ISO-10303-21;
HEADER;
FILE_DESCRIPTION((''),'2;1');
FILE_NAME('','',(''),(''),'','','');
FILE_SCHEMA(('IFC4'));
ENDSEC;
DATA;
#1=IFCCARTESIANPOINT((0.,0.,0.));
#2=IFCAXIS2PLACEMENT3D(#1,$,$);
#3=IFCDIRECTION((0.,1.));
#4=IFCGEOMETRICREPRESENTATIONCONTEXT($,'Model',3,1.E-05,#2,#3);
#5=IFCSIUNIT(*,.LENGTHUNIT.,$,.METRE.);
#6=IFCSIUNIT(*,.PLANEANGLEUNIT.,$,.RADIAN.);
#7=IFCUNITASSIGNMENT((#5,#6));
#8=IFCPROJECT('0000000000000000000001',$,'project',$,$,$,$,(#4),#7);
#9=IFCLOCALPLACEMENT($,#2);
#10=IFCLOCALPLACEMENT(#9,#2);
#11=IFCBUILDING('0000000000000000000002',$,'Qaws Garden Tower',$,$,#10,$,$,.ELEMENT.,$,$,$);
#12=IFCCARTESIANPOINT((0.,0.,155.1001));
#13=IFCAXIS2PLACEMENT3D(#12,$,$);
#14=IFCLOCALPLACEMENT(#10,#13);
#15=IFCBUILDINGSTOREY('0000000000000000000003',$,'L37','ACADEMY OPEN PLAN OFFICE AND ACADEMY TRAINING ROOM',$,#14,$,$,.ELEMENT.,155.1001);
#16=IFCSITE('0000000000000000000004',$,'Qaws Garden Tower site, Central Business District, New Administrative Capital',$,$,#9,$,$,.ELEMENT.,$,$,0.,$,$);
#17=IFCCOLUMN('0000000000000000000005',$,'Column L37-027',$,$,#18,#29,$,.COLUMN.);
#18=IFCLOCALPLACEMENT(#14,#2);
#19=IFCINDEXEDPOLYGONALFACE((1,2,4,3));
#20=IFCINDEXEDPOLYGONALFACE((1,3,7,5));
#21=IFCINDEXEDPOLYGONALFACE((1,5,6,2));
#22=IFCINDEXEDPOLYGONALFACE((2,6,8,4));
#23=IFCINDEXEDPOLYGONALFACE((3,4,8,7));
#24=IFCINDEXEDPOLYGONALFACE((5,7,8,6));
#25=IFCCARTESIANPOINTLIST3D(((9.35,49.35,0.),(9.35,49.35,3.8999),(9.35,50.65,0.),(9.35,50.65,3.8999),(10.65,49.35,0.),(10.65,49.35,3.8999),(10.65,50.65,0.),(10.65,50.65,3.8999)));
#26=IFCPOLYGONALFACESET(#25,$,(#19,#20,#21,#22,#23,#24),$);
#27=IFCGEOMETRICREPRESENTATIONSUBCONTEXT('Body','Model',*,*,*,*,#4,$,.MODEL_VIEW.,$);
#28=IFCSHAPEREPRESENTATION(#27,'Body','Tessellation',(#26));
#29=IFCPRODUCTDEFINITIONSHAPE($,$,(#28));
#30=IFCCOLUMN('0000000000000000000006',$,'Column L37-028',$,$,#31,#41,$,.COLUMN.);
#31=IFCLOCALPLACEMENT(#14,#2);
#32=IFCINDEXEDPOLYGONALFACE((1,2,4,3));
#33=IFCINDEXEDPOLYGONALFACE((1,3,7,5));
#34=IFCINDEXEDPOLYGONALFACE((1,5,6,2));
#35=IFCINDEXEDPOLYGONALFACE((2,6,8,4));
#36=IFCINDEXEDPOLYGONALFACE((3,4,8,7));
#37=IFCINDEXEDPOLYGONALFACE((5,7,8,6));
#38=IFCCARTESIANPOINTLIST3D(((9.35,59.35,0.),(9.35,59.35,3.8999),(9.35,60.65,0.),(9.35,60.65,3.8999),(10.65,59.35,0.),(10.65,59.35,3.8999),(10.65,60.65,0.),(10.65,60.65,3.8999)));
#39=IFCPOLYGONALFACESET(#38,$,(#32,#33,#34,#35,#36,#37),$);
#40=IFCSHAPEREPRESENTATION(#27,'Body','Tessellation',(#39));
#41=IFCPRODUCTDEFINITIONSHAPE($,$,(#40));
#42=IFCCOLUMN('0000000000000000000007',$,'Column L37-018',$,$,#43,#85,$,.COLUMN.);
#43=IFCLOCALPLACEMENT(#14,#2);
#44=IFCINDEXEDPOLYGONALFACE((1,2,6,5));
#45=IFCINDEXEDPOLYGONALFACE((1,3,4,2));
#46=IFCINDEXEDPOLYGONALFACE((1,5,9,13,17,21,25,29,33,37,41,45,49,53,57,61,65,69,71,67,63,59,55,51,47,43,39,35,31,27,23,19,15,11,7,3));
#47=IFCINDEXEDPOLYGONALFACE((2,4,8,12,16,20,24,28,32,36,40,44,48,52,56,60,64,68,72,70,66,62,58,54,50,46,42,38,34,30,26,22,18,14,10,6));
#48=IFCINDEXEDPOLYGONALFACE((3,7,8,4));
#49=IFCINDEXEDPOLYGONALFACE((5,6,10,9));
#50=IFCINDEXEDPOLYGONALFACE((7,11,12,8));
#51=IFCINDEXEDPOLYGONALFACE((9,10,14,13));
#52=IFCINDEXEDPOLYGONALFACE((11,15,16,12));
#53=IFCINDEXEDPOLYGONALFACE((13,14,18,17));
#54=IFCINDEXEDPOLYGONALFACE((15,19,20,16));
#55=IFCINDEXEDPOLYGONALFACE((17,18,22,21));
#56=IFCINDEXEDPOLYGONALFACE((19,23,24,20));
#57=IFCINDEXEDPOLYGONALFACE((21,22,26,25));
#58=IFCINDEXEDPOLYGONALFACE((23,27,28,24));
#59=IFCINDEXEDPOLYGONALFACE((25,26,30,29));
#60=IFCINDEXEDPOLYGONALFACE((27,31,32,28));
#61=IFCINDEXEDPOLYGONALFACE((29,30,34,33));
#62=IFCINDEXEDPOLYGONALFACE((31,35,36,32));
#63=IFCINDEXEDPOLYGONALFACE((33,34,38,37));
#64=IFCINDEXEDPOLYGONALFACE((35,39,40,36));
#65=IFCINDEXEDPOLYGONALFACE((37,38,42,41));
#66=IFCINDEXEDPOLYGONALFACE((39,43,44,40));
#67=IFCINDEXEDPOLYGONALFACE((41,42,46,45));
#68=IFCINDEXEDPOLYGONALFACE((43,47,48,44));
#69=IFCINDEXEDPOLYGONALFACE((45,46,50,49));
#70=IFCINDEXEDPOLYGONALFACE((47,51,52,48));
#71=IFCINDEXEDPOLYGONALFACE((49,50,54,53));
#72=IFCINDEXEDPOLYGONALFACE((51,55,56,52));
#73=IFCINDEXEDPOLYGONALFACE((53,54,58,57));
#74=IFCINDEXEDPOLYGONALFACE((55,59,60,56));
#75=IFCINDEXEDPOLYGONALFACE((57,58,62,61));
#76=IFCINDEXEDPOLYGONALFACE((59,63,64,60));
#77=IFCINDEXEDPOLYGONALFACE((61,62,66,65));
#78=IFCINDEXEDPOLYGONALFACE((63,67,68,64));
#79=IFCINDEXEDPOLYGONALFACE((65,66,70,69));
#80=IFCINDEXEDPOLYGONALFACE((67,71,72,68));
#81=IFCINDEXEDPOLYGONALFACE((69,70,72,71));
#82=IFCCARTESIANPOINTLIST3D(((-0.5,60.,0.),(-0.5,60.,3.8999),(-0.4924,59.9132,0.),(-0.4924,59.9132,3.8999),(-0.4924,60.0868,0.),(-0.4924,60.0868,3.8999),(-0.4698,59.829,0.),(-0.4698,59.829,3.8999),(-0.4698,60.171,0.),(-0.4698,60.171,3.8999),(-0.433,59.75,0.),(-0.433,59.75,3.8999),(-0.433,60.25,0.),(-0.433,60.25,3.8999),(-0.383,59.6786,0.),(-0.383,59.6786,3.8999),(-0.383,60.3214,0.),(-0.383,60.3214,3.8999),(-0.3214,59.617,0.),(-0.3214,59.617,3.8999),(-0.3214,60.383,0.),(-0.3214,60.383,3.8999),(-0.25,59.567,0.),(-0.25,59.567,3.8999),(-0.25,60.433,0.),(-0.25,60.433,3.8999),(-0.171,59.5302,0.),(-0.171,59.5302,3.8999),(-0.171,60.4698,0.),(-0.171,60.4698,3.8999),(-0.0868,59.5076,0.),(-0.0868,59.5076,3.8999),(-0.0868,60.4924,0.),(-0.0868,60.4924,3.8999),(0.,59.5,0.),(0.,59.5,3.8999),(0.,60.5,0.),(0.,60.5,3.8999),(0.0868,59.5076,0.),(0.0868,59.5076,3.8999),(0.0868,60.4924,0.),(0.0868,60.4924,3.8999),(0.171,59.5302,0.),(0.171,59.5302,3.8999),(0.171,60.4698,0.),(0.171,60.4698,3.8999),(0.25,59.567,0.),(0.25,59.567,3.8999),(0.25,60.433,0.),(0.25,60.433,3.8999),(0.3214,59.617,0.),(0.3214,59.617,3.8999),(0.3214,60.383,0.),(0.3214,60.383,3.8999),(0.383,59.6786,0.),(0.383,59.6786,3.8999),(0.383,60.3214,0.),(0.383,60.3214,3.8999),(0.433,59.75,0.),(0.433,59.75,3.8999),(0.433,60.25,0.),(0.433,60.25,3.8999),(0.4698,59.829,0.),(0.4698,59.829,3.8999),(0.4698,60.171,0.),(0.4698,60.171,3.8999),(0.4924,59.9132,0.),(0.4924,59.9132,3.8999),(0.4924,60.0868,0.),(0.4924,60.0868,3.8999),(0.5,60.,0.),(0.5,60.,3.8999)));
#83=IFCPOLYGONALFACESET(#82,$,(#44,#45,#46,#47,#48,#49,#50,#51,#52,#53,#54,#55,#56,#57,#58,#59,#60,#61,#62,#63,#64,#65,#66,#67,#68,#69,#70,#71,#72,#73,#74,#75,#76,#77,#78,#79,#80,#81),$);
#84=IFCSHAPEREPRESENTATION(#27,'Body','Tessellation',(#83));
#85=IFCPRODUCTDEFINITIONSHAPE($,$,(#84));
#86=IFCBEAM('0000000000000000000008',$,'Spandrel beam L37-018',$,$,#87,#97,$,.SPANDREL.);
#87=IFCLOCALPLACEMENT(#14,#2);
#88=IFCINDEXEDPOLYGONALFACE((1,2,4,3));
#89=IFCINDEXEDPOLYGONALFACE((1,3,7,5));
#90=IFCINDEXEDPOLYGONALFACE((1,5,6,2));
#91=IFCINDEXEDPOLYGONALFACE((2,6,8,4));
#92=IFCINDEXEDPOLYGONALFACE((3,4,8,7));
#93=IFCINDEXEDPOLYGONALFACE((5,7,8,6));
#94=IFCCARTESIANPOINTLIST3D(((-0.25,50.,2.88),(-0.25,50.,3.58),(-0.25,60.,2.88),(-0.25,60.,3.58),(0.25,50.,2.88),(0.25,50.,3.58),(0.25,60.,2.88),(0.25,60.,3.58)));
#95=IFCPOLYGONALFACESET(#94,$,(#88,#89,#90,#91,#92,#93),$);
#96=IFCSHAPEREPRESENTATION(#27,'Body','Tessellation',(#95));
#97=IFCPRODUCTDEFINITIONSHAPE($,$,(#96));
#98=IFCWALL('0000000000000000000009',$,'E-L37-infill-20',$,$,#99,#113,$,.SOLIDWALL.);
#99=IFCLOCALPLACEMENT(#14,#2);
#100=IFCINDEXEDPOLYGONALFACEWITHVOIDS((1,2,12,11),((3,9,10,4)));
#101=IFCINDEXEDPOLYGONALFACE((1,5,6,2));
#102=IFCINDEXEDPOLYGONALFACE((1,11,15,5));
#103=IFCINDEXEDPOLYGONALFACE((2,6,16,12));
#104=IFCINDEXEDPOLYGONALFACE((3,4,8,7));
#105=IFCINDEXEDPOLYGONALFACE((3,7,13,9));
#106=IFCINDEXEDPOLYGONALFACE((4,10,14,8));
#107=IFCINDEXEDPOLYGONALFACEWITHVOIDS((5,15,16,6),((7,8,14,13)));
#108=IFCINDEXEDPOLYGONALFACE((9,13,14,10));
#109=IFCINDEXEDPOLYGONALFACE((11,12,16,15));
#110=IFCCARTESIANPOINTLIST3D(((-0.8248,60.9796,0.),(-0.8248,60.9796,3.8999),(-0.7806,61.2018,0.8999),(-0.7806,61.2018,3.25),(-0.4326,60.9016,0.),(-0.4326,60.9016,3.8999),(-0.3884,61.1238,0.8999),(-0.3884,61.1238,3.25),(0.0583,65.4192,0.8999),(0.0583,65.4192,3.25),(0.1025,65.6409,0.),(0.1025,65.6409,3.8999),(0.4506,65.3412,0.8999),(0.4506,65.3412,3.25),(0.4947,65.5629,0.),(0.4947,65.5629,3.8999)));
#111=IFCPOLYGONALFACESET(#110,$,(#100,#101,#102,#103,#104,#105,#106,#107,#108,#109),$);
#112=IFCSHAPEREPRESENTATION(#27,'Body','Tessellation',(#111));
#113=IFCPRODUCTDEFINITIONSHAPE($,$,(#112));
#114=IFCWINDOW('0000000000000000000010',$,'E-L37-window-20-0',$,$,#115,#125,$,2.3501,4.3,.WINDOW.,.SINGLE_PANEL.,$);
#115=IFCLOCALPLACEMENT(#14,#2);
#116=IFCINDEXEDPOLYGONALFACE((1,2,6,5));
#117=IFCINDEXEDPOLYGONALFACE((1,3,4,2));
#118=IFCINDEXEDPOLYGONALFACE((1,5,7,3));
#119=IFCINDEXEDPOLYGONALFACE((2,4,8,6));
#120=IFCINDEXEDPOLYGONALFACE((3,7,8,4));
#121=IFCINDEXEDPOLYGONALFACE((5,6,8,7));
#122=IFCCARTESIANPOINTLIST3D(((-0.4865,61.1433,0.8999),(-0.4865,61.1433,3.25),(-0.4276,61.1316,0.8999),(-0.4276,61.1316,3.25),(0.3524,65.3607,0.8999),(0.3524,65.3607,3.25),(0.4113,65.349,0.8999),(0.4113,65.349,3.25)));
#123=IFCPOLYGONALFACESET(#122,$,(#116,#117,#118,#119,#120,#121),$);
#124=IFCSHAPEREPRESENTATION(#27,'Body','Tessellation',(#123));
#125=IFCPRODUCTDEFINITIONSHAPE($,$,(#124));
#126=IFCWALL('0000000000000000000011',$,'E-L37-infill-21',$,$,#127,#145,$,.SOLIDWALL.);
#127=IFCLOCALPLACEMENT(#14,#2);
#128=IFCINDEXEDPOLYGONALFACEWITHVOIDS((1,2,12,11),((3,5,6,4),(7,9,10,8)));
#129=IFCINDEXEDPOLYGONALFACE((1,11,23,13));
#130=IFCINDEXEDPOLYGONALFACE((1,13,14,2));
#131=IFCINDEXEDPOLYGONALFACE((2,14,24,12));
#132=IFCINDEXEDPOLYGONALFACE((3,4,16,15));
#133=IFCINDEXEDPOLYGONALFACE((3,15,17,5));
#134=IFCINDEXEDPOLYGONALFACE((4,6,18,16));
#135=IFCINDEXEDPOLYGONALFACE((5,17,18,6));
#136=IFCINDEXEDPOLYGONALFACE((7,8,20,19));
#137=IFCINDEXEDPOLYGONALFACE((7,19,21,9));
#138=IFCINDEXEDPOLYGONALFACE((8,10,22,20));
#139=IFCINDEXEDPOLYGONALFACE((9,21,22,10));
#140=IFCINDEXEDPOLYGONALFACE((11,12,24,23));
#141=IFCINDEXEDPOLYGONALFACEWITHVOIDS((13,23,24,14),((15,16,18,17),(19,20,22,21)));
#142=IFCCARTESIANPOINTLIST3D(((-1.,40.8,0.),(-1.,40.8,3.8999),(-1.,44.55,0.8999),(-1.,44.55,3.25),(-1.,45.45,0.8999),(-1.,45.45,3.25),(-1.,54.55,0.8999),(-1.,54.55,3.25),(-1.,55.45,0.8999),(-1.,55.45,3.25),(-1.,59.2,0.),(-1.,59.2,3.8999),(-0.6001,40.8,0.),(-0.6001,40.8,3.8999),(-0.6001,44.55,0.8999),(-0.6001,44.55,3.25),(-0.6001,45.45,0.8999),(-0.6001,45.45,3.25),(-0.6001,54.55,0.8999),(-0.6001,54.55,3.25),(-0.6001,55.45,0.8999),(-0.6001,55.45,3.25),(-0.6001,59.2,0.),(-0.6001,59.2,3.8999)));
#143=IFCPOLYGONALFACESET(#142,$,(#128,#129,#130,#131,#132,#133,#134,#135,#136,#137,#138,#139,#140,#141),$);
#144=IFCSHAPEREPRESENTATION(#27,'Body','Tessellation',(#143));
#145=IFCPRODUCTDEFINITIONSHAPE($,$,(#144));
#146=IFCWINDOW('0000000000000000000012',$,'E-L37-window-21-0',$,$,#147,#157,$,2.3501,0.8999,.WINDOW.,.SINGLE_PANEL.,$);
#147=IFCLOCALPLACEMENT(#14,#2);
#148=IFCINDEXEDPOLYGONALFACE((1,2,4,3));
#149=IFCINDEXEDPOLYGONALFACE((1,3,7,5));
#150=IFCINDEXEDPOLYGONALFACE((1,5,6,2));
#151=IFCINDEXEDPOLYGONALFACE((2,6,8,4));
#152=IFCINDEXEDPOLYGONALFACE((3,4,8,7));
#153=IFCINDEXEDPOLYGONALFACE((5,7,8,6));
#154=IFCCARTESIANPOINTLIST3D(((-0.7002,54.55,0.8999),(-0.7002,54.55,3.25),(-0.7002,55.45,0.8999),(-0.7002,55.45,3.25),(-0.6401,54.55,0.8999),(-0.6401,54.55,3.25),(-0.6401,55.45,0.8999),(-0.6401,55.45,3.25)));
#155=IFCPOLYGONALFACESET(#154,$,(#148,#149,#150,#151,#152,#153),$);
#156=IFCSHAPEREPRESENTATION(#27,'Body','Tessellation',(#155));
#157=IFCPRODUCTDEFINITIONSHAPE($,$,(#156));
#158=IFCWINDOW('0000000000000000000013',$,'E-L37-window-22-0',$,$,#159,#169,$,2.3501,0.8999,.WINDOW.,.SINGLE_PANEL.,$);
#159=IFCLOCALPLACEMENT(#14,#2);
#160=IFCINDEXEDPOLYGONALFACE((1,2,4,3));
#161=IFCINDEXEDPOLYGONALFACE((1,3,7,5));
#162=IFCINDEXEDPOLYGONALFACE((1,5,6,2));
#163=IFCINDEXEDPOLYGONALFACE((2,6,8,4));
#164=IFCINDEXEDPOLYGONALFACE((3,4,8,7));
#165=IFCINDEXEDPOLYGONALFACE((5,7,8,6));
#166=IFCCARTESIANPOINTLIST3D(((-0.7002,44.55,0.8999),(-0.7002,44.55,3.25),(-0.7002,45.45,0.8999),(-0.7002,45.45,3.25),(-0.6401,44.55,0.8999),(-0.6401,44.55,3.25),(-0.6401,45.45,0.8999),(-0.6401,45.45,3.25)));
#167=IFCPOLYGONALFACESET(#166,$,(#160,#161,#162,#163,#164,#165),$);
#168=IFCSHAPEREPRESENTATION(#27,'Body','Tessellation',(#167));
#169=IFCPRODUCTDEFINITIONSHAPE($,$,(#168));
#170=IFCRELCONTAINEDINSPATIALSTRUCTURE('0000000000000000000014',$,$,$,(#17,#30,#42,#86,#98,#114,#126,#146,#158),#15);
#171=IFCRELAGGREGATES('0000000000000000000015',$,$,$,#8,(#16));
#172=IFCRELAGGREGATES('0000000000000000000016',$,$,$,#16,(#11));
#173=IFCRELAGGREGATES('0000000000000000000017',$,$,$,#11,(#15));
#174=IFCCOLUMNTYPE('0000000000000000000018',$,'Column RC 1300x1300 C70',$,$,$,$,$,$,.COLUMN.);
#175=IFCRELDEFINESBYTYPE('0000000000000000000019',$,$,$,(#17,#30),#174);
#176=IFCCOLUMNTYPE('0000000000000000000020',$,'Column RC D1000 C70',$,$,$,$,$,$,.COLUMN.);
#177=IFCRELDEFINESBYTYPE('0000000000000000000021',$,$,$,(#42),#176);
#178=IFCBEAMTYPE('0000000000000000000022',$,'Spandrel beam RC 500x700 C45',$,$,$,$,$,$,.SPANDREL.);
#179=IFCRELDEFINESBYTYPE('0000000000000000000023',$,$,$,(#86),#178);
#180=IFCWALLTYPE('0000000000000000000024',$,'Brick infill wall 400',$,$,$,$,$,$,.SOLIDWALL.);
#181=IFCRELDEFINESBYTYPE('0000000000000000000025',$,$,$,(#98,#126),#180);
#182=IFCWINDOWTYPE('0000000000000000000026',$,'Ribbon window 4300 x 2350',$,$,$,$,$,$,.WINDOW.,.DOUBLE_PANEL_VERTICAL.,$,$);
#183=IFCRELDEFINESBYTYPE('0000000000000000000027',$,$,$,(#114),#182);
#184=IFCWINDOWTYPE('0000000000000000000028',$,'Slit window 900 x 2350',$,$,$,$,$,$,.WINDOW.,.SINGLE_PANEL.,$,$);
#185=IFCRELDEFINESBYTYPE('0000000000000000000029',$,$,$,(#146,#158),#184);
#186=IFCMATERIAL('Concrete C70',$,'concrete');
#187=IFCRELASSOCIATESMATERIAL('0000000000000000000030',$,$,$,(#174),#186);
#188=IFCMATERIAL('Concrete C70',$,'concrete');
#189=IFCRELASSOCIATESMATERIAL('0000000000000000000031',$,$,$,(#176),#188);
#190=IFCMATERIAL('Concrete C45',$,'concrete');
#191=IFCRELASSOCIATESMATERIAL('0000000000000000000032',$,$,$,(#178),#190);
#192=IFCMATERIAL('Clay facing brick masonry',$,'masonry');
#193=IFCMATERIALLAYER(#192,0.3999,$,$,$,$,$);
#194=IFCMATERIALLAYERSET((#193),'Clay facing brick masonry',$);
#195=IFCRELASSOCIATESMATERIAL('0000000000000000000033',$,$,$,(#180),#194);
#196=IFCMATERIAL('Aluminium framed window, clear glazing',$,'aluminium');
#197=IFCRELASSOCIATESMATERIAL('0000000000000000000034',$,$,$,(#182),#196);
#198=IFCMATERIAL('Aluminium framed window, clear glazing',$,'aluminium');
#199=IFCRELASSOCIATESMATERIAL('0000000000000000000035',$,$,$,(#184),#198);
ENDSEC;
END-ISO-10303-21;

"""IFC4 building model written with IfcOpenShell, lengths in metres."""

from ifc_helpers import new_model, si_unit, direction, frame, frame_2d, origin, origin_2d, place, context, subcontext, project, spatial, rectangle, circle, extrude, material, layer, layer_set, material_profile, profile_set, type_object, element, fill, save


model = new_model("IFC4")

# Units and contexts
model_context = context("Model", 3, precision=1e-05, world=origin(), true_north=direction((0.0, 1.0)))
body_context = subcontext(model_context, "Body", "Model", "MODEL_VIEW")
ifc_project = project(units=[si_unit("LENGTHUNIT", "METRE"), si_unit("PLANEANGLEUNIT", "RADIAN")], contexts=[model_context])

# Site, building, storey
site_placement = place(None, origin())
site = spatial("IfcSite", under=ifc_project, at=site_placement, Name="Qaws Garden Tower site, Central Business District, New Administrative Capital", CompositionType="ELEMENT", RefElevation=0.0)
building_placement = place(site_placement, origin())
building = spatial("IfcBuilding", under=site, at=building_placement, Name="Qaws Garden Tower", CompositionType="ELEMENT")
storey_placement = place(building_placement, frame((0.0, 0.0, 155.1001)))
storey = spatial("IfcBuildingStorey", under=building, at=storey_placement, Name="L37", Description="ACADEMY OPEN PLAN OFFICE AND ACADEMY TRAINING ROOM", CompositionType="ELEMENT", Elevation=155.1001)

# Columns
ifc_material_1 = material(Name="Concrete C70", Category="concrete")
ifc_material_profile_1 = material_profile(ifc_material_1, rectangle(XDim=1.3, YDim=1.3, at=origin_2d()), Name="RC 1300x1300")
ifc_profile_set_1 = profile_set([ifc_material_profile_1], Name="Concrete C70")
column_type_1 = type_object("IfcColumnType", Name="Column RC 1300x1300 C70", PredefinedType="COLUMN", material=ifc_profile_set_1)
for number, where, z_axis, x_axis, name in (
    (1, (10.0, 50.0, 0.0), (0.0, 0.0, 1.0), (1.0, 0.0, 0.0), "Column L37-027"),
    (2, (10.0, 60.0, 0.0), (0.0, 0.0, 1.0), (1.0, 0.0, 0.0), "Column L37-028"),
):
    element("IfcColumn", number, at=place(storey_placement, frame(where, z_axis=z_axis, x_axis=x_axis)), inside=storey, type_object=column_type_1, Name=name, PredefinedType="COLUMN", context=body_context, shape_type="SweptSolid", body=[
        extrude(rectangle(XDim=1.3, YDim=1.3, at=origin_2d()), origin(), (0.0, 0.0, 1.0), 3.8999),
    ])
ifc_material_2 = material(Name="Concrete C70", Category="concrete")
ifc_material_profile_2 = material_profile(ifc_material_2, circle(Radius=0.5, at=origin_2d()), Name="RC D1000")
ifc_profile_set_2 = profile_set([ifc_material_profile_2], Name="Concrete C70")
column_type_2 = type_object("IfcColumnType", Name="Column RC D1000 C70", PredefinedType="COLUMN", material=ifc_profile_set_2)
column_placement = place(storey_placement, frame((0.0, 60.0, 0.0), z_axis=(0.0, 0.0, 1.0), x_axis=(1.0, 0.0, 0.0)))
element("IfcColumn", 3, at=column_placement, inside=storey, type_object=column_type_2, Name="Column L37-018", PredefinedType="COLUMN", context=body_context, shape_type="SweptSolid", body=[
    extrude(circle(Radius=0.5, at=origin_2d()), origin(), (0.0, 0.0, 1.0), 3.8999),
])

# Beam
ifc_material_3 = material(Name="Concrete C45", Category="concrete")
ifc_material_profile_3 = material_profile(ifc_material_3, rectangle(XDim=0.5, YDim=0.7, at=origin_2d()), Name="RC 500x700")
ifc_profile_set_3 = profile_set([ifc_material_profile_3], Name="Concrete C45")
beam_type = type_object("IfcBeamType", Name="Spandrel beam RC 500x700 C45", PredefinedType="SPANDREL", material=ifc_profile_set_3)
beam_placement = place(storey_placement, frame((0.0, 60.0, 3.23), z_axis=(0.0, -1.0, 0.0), x_axis=(1.0, 0.0, 0.0)))
element("IfcBeam", 4, at=beam_placement, inside=storey, type_object=beam_type, Name="Spandrel beam L37-018", PredefinedType="SPANDREL", context=body_context, shape_type="SweptSolid", body=[
    extrude(rectangle(XDim=0.5, YDim=0.7, at=origin_2d()), origin(), (0.0, 0.0, 1.0), 10.0),
])

# Wall, opening, window
ifc_material_4 = material(Name="Clay facing brick masonry", Category="masonry")
ifc_layer_1 = layer(ifc_material_4, 0.3999)
ifc_layer_set_1 = layer_set([ifc_layer_1], Name="Clay facing brick masonry")
wall_type_1 = type_object("IfcWallType", Name="Brick infill wall 400", PredefinedType="SOLIDWALL", material=ifc_layer_set_1)
wall_1_placement = place(storey_placement, frame((0.2986, 65.6021, 0.0), z_axis=(0.0, 0.0, 1.0), x_axis=(-0.195099, -0.980784, 0.0)))
wall_1 = element("IfcWall", 5, at=wall_1_placement, inside=storey, type_object=wall_type_1, Name="E-L37-infill-20", PredefinedType="SOLIDWALL", context=body_context, shape_type="SweptSolid", body=[
    extrude(rectangle(XDim=4.7527, YDim=0.3999, at=frame_2d((2.3765, 0.0))), origin(), (0.0, 0.0, 1.0), 3.8999),
])
opening_1_placement = place(wall_1_placement, frame((0.2263, 0.0, 0.8999)))
opening_1 = element("IfcOpeningElement", 6, at=opening_1_placement, cuts=wall_1, PredefinedType="OPENING", context=body_context, shape_type="SweptSolid", body=[
    extrude(rectangle(XDim=4.3, YDim=2.3501, at=frame_2d((2.1499, 1.175))), frame((0.0, 0.21, 0.0), z_axis=(0.0, -1.0, 0.0), x_axis=(1.0, 0.0, 0.0)), (0.0, 0.0, 1.0), 0.4199),
])
ifc_material_5 = material(Name="Aluminium framed window, clear glazing", Category="aluminium")
window_type_1 = type_object("IfcWindowType", Name="Ribbon window 4300 x 2350", PartitioningType="DOUBLE_PANEL_VERTICAL", PredefinedType="WINDOW", material=ifc_material_5)
window_1_placement = place(opening_1_placement, origin())
window_1 = element("IfcWindow", 7, at=window_1_placement, inside=storey, type_object=window_type_1, Name="E-L37-window-20-0", OverallHeight=2.3501, OverallWidth=4.3, PartitioningType="SINGLE_PANEL", PredefinedType="WINDOW", context=body_context, shape_type="SweptSolid", body=[
    extrude(rectangle(XDim=4.3, YDim=2.3501, at=frame_2d((2.1499, 1.175))), frame((0.0, 0.1599, 0.0), z_axis=(0.0, -1.0, 0.0), x_axis=(1.0, 0.0, 0.0)), (0.0, 0.0, 1.0), 0.0601),
])
fill(opening_1, window_1)

# Wall, openings, windows
wall_2_placement = place(storey_placement, frame((-0.8, 59.2, 0.0), z_axis=(0.0, 0.0, 1.0), x_axis=(0.0, -1.0, 0.0)))
wall_2 = element("IfcWall", 8, at=wall_2_placement, inside=storey, type_object=wall_type_1, Name="E-L37-infill-21", PredefinedType="SOLIDWALL", context=body_context, shape_type="SweptSolid", body=[
    extrude(rectangle(XDim=18.3999, YDim=0.3999, at=frame_2d((9.2, 0.0))), origin(), (0.0, 0.0, 1.0), 3.8999),
])
opening_2_placement = place(wall_2_placement, frame((3.75, 0.0, 0.8999)))
opening_2 = element("IfcOpeningElement", 9, at=opening_2_placement, cuts=wall_2, PredefinedType="OPENING", context=body_context, shape_type="SweptSolid", body=[
    extrude(rectangle(XDim=0.8999, YDim=2.3501, at=frame_2d((0.45, 1.175))), frame((0.0, 0.21, 0.0), z_axis=(0.0, -1.0, 0.0), x_axis=(1.0, 0.0, 0.0)), (0.0, 0.0, 1.0), 0.4199),
])
opening_3_placement = place(wall_2_placement, frame((13.75, 0.0, 0.8999)))
opening_3 = element("IfcOpeningElement", 10, at=opening_3_placement, cuts=wall_2, PredefinedType="OPENING", context=body_context, shape_type="SweptSolid", body=[
    extrude(rectangle(XDim=0.8999, YDim=2.3501, at=frame_2d((0.45, 1.175))), frame((0.0, 0.21, 0.0), z_axis=(0.0, -1.0, 0.0), x_axis=(1.0, 0.0, 0.0)), (0.0, 0.0, 1.0), 0.4199),
])
ifc_material_6 = material(Name="Aluminium framed window, clear glazing", Category="aluminium")
window_type_2 = type_object("IfcWindowType", Name="Slit window 900 x 2350", PartitioningType="SINGLE_PANEL", PredefinedType="WINDOW", material=ifc_material_6)
window_2_placement = place(opening_2_placement, origin())
window_2 = element("IfcWindow", 11, at=window_2_placement, inside=storey, type_object=window_type_2, Name="E-L37-window-21-0", OverallHeight=2.3501, OverallWidth=0.8999, PartitioningType="SINGLE_PANEL", PredefinedType="WINDOW", context=body_context, shape_type="SweptSolid", body=[
    extrude(rectangle(XDim=0.8999, YDim=2.3501, at=frame_2d((0.45, 1.175))), frame((0.0, 0.1599, 0.0), z_axis=(0.0, -1.0, 0.0), x_axis=(1.0, 0.0, 0.0)), (0.0, 0.0, 1.0), 0.0601),
])
fill(opening_2, window_2)
window_3_placement = place(opening_3_placement, origin())
window_3 = element("IfcWindow", 12, at=window_3_placement, inside=storey, type_object=window_type_2, Name="E-L37-window-22-0", OverallHeight=2.3501, OverallWidth=0.8999, PartitioningType="SINGLE_PANEL", PredefinedType="WINDOW", context=body_context, shape_type="SweptSolid", body=[
    extrude(rectangle(XDim=0.8999, YDim=2.3501, at=frame_2d((0.45, 1.175))), frame((0.0, 0.1599, 0.0), z_axis=(0.0, -1.0, 0.0), x_axis=(1.0, 0.0, 0.0)), (0.0, 0.0, 1.0), 0.0601),
])
fill(opening_3, window_3)

save(model, "model.ifc")
